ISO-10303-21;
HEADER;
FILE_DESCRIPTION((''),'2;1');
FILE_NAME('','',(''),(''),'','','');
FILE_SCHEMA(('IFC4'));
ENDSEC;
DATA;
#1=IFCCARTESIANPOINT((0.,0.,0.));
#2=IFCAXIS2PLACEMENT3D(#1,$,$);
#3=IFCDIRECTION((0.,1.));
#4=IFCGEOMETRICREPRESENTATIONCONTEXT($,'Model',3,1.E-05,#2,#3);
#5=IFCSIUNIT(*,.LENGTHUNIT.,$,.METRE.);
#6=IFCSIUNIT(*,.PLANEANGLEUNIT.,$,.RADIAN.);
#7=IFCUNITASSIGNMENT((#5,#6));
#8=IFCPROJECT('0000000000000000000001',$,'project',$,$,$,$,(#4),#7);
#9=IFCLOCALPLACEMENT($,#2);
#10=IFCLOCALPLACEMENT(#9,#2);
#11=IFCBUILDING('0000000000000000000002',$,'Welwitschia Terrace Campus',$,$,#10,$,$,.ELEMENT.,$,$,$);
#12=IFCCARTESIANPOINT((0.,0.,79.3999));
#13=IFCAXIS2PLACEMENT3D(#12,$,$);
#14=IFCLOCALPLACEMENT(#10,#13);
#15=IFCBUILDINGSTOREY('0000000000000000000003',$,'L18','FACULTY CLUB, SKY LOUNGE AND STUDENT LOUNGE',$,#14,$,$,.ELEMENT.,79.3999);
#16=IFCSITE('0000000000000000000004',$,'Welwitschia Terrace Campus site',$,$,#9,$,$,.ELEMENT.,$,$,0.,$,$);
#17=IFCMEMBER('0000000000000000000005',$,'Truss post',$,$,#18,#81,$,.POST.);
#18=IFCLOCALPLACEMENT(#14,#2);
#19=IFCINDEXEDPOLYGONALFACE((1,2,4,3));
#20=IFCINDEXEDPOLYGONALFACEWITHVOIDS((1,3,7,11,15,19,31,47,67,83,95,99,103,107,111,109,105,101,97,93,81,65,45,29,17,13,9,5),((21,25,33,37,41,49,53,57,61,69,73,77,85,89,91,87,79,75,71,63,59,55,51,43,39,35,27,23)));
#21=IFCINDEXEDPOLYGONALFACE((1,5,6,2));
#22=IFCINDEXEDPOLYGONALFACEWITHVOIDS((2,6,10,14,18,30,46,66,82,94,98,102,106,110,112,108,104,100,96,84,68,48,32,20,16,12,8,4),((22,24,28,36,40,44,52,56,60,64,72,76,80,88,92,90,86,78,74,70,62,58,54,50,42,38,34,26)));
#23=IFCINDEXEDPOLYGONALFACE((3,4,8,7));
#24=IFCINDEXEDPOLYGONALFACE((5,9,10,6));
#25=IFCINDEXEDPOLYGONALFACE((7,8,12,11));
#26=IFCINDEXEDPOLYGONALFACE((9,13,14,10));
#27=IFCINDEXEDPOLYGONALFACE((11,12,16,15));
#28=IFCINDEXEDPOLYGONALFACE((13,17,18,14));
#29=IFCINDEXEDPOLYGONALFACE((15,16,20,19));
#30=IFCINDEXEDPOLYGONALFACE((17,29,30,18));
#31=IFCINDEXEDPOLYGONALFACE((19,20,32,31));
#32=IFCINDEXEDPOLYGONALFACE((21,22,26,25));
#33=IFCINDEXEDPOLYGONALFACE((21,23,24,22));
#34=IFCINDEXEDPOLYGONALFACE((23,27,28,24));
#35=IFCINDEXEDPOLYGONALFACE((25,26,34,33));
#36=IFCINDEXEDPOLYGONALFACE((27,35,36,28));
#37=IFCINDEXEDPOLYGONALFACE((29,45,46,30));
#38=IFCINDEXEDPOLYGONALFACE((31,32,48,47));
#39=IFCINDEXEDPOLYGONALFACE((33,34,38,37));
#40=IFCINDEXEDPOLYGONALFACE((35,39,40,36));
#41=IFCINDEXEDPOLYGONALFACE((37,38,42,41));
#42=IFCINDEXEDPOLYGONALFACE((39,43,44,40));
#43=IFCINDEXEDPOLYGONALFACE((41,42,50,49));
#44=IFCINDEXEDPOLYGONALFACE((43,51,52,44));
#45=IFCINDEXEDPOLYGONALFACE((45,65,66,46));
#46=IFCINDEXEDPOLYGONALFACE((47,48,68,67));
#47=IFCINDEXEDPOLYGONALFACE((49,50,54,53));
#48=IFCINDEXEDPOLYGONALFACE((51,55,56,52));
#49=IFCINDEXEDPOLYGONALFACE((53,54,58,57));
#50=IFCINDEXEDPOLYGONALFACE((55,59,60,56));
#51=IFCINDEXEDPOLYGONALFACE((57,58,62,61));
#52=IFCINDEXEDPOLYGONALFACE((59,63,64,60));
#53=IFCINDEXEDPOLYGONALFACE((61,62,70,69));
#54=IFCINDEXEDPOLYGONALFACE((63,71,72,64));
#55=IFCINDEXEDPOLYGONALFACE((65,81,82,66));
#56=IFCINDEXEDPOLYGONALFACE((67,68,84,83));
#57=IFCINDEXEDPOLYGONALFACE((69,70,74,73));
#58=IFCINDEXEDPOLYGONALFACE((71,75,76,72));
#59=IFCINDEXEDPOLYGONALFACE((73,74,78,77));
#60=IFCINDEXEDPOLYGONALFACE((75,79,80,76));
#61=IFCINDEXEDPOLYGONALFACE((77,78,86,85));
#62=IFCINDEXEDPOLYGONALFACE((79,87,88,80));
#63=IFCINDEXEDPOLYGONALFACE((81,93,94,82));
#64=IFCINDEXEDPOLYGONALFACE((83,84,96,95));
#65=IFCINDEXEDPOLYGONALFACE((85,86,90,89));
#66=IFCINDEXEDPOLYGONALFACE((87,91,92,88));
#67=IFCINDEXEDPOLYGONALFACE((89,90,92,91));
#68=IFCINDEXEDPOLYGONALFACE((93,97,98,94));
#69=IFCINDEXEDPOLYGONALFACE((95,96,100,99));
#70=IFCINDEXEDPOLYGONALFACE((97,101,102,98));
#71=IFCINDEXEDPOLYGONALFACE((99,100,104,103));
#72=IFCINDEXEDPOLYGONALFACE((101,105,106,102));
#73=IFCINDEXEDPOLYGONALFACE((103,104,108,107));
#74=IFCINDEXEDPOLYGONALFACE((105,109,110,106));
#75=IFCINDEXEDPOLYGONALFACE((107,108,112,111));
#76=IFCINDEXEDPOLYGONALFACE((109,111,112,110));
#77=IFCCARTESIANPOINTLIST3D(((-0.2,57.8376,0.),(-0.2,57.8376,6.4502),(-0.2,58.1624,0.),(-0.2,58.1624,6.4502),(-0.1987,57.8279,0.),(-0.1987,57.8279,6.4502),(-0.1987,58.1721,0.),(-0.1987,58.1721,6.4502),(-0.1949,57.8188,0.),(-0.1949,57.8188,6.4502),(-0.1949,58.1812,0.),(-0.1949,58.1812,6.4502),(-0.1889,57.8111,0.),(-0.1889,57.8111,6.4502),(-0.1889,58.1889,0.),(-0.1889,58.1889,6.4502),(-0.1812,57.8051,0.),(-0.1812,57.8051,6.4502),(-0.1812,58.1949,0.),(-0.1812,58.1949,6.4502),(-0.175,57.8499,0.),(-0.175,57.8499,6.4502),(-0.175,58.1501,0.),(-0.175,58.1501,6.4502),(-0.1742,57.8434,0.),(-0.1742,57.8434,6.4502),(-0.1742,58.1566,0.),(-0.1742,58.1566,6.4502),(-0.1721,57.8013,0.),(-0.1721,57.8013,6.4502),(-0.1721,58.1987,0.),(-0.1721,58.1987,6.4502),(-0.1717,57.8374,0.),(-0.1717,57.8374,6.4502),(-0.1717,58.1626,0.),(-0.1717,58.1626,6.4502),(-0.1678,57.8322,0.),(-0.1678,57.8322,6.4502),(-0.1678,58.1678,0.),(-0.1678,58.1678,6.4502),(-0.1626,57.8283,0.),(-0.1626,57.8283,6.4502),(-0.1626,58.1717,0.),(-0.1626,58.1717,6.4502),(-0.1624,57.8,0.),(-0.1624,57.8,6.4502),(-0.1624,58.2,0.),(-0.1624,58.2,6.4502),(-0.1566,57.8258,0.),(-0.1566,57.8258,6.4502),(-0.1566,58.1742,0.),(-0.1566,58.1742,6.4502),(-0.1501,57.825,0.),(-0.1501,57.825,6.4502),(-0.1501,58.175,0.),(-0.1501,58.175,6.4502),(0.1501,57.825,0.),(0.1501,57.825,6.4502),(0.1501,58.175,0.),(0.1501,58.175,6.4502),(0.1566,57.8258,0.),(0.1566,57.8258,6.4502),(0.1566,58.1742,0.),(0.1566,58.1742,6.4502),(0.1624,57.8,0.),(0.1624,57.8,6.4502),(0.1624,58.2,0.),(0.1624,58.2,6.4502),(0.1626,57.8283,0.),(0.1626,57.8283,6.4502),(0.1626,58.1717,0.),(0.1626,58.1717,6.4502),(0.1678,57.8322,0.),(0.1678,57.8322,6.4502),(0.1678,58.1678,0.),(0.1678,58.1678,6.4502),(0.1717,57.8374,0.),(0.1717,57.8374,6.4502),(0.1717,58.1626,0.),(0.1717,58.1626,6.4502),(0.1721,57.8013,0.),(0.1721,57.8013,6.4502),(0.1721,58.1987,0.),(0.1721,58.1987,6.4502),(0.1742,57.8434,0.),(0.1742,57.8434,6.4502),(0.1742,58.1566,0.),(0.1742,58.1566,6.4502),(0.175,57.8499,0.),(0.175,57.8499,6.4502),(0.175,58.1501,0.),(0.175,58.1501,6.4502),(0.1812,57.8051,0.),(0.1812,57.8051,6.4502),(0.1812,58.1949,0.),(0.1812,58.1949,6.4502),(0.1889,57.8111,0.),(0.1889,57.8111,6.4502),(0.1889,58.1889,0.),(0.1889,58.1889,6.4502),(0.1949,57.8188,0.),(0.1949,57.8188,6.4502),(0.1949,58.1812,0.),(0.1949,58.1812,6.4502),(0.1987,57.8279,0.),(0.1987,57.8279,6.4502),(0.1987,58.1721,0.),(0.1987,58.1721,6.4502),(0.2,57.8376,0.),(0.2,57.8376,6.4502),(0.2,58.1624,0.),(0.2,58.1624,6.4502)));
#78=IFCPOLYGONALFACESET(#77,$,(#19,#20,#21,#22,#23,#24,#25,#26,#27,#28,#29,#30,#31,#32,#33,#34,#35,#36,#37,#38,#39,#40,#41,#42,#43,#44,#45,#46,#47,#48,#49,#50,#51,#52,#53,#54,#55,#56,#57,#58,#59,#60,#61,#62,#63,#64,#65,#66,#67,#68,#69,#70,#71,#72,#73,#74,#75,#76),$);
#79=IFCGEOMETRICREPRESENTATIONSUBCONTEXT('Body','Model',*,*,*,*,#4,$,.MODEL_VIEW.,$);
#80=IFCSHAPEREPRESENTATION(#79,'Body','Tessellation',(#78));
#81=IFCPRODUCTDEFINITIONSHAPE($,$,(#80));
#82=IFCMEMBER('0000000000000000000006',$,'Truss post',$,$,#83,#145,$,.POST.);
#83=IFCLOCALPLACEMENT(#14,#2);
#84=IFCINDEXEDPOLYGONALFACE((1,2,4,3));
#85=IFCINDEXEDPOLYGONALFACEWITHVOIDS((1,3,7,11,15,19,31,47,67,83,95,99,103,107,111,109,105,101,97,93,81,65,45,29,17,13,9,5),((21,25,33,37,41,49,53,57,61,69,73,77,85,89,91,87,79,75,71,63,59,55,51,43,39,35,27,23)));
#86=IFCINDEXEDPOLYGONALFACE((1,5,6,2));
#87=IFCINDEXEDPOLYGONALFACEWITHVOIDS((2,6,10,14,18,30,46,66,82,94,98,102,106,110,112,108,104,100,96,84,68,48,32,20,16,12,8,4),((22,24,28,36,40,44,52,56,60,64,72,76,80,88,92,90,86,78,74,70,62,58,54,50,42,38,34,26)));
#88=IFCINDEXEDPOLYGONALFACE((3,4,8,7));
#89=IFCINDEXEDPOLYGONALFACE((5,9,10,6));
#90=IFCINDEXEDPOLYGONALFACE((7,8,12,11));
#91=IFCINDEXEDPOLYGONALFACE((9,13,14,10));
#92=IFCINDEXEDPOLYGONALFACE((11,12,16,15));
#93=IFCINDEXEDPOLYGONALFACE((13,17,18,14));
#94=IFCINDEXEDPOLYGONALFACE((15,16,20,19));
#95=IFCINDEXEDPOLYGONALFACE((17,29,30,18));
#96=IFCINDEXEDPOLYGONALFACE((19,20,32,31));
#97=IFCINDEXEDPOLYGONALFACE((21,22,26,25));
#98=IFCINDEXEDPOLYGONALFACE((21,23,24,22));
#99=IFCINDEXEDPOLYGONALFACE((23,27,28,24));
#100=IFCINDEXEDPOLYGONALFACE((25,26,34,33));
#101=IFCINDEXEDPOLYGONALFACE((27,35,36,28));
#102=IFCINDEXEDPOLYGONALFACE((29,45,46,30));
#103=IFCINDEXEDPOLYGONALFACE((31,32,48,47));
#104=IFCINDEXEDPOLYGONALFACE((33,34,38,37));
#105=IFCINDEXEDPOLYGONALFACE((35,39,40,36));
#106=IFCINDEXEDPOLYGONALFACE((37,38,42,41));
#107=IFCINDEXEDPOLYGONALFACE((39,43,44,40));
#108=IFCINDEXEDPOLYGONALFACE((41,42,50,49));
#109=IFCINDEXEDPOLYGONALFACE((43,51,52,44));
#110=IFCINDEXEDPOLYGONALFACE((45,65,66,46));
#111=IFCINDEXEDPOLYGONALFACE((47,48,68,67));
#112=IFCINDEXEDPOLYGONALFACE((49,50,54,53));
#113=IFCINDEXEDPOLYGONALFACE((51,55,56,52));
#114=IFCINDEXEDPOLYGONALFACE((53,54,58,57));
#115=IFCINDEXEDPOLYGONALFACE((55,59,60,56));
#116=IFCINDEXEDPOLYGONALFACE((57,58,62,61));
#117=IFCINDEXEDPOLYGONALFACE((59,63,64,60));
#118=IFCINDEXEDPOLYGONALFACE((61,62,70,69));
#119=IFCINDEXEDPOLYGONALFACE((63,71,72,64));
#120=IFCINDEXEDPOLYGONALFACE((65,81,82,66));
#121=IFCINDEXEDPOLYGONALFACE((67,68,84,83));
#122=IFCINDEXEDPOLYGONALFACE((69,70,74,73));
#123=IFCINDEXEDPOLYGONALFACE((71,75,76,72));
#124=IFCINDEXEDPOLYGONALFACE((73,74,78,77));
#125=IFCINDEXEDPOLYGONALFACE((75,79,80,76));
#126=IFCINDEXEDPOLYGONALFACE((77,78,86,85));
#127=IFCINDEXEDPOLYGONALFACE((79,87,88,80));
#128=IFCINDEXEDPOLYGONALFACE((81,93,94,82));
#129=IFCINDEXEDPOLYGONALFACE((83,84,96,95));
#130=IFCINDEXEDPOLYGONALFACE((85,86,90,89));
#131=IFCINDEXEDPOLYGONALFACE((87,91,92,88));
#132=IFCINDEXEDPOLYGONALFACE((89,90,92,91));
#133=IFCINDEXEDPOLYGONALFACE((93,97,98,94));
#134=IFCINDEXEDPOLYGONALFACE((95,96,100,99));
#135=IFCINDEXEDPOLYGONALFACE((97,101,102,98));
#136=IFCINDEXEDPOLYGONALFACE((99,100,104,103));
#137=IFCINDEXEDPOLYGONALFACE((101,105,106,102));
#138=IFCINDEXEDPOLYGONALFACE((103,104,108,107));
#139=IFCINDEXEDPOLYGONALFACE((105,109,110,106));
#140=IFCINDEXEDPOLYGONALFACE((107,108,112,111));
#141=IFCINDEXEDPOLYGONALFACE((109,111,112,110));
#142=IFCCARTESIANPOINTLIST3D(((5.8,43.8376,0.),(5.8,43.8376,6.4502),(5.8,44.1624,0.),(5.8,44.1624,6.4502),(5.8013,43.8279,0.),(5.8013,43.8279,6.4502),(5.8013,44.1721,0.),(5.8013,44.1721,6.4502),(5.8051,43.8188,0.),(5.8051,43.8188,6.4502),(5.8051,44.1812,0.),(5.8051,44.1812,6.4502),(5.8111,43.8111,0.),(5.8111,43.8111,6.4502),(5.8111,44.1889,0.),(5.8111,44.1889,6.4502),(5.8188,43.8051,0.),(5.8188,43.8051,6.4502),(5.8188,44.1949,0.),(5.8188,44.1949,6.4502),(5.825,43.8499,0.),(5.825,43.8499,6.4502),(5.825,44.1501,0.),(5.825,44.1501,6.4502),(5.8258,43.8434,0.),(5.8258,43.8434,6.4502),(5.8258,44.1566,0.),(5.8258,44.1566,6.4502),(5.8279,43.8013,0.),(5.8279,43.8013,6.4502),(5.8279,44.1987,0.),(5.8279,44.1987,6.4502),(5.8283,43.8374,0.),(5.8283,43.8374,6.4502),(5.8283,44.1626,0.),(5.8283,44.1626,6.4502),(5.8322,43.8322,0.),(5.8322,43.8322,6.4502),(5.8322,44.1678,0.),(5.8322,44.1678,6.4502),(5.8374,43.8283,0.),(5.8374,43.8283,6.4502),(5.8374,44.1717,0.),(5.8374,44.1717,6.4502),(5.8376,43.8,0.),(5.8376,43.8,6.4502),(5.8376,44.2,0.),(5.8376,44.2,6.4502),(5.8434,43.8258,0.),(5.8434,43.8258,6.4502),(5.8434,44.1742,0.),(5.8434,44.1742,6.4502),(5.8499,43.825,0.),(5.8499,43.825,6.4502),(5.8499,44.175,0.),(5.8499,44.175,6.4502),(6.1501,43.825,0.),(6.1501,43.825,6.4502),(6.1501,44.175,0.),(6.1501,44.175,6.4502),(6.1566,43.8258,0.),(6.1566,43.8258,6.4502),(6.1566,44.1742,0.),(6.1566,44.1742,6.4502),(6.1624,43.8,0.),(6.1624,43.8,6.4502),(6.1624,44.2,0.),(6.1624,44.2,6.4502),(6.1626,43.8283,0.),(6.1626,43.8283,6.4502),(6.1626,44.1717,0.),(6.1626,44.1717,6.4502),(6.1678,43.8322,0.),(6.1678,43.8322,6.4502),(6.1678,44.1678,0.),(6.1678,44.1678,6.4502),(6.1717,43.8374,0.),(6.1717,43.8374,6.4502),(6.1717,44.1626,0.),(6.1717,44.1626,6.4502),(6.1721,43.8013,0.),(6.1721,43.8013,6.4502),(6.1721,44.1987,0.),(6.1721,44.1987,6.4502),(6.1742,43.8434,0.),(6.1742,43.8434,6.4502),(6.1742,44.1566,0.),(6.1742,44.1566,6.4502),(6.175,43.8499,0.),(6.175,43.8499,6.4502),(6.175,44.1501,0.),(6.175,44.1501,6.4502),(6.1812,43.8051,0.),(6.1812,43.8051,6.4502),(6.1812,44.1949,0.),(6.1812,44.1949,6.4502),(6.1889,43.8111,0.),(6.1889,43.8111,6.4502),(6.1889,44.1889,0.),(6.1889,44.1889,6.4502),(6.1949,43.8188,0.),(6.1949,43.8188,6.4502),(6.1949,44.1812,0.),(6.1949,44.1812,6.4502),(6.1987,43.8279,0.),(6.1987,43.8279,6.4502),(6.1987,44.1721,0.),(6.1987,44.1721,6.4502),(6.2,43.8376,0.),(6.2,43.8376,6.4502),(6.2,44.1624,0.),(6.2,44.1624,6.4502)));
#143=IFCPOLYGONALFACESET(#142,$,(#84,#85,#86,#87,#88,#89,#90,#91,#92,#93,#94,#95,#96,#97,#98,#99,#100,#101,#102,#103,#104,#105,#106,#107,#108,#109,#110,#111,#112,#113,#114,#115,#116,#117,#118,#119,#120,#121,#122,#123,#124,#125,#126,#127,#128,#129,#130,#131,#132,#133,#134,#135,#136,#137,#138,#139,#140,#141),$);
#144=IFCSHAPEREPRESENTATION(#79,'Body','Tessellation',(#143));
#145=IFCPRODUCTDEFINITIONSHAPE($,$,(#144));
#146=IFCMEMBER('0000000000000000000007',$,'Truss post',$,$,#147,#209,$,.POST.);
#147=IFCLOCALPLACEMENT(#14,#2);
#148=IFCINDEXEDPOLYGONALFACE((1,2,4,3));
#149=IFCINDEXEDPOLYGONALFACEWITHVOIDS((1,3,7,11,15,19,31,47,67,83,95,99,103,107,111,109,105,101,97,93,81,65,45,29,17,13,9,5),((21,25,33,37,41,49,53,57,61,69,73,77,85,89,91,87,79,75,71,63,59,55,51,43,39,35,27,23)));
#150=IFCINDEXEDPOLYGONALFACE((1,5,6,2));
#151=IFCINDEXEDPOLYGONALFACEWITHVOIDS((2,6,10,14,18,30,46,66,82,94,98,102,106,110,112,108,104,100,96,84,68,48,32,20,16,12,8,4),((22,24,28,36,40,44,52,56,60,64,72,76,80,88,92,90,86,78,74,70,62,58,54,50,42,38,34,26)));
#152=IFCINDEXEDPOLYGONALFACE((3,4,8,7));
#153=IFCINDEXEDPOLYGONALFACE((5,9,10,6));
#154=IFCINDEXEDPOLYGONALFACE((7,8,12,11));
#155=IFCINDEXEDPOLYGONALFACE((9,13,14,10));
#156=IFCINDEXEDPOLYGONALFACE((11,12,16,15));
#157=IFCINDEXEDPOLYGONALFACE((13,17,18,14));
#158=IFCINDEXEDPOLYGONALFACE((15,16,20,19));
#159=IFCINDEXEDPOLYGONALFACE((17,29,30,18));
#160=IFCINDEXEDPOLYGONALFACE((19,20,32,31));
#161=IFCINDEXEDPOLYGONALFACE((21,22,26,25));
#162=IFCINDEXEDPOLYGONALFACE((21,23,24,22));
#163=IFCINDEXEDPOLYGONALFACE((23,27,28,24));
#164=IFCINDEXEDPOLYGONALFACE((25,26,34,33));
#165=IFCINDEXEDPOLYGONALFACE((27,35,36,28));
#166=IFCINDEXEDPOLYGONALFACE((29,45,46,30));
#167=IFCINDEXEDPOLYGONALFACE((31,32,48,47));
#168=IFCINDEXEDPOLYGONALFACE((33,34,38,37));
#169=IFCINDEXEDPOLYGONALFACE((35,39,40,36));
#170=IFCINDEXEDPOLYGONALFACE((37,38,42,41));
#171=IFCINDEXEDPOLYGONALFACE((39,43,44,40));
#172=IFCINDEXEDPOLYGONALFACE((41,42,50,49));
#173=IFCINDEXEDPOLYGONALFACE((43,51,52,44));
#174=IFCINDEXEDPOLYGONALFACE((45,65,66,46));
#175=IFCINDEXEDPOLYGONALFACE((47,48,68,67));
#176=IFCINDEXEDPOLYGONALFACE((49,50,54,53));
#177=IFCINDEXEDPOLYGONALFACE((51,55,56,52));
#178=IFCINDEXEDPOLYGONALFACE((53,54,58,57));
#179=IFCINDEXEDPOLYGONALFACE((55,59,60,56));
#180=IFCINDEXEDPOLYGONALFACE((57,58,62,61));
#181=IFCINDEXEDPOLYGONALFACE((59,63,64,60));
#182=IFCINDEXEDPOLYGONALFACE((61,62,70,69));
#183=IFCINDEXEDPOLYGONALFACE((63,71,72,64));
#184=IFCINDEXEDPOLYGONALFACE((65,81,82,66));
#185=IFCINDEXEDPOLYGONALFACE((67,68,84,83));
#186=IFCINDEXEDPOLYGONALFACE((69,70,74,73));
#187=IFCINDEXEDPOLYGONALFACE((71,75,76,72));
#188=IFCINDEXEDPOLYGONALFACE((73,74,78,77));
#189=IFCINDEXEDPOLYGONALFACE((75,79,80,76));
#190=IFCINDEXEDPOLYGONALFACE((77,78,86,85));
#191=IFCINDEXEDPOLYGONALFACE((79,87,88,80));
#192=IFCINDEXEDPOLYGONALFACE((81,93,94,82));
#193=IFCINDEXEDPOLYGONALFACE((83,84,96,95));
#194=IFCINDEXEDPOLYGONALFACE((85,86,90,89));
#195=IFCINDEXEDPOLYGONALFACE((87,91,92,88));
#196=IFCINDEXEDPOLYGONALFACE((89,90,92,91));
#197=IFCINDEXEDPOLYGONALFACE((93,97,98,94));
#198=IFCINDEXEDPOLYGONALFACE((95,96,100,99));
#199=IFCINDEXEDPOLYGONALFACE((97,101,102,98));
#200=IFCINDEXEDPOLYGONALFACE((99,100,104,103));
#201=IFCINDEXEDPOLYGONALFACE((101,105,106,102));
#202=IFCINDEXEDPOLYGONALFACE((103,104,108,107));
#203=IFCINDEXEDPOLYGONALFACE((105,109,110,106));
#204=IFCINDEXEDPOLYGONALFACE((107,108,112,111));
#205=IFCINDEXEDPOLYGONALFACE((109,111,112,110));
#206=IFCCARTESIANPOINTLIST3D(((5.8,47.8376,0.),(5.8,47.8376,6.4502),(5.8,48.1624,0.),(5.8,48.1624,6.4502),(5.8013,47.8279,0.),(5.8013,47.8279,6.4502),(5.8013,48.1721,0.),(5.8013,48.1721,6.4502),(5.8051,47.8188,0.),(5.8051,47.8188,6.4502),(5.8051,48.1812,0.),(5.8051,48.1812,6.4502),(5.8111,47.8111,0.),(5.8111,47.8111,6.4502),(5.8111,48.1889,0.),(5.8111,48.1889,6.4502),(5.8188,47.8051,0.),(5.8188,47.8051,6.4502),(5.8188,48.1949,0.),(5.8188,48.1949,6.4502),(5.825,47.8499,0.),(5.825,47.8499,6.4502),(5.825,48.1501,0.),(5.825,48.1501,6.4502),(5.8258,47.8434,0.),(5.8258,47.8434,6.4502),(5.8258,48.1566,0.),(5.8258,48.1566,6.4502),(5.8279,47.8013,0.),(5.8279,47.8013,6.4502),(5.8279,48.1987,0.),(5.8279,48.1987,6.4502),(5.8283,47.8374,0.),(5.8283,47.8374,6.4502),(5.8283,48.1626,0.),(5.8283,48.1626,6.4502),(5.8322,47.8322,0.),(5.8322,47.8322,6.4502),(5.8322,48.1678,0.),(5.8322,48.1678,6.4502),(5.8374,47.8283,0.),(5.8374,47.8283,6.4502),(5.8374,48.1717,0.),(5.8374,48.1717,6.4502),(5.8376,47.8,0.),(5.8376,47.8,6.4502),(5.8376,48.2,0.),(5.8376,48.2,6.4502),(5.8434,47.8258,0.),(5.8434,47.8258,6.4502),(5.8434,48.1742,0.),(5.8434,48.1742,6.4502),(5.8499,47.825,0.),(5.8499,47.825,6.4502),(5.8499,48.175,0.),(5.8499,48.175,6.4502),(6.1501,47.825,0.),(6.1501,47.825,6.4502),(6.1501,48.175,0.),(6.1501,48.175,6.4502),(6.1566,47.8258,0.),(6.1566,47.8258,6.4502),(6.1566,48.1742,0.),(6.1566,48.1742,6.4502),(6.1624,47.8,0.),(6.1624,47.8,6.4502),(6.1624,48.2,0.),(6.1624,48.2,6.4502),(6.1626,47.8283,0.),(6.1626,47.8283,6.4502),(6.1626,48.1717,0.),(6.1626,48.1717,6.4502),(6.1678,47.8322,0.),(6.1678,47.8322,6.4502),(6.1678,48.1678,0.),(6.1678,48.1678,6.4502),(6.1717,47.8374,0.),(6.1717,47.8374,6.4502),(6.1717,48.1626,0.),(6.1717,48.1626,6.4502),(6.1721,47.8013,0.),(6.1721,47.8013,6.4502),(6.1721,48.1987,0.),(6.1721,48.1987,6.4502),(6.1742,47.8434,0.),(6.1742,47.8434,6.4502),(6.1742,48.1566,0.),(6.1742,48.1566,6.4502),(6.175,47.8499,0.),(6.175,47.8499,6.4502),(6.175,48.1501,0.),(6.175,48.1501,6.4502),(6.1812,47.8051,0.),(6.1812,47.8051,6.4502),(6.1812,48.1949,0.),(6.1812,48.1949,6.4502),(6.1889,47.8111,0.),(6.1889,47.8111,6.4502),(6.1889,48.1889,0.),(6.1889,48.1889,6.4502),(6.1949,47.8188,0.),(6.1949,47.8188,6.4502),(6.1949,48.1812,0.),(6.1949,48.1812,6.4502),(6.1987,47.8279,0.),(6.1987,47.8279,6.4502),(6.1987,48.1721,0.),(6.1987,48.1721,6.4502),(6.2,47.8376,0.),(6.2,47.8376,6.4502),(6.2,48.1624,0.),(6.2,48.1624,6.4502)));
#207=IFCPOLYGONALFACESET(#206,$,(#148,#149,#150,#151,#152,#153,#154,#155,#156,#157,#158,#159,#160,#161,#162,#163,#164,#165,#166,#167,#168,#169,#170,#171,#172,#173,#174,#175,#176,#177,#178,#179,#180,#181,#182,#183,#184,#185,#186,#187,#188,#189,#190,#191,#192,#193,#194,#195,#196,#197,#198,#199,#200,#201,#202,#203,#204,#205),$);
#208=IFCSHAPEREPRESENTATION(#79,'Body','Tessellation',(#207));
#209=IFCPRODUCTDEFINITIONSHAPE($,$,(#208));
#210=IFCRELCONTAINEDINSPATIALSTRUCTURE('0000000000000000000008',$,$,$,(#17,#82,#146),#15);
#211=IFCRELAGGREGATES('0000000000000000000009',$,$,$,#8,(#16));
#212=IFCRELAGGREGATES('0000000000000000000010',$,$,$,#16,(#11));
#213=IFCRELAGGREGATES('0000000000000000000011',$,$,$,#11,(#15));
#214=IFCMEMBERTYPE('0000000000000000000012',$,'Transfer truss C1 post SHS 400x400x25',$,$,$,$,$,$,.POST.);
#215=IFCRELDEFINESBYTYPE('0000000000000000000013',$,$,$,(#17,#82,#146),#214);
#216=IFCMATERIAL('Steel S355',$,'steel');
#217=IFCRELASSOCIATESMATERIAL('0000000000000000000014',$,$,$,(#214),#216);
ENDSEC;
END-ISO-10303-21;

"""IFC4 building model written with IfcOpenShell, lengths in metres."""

from ifc_helpers import new_model, si_unit, direction, frame, origin, origin_2d, place, context, subcontext, project, spatial, hollow_rectangle, extrude, material, material_profile, profile_set, type_object, element, save


model = new_model("IFC4")

# Units and contexts
model_context = context("Model", 3, precision=1e-05, world=origin(), true_north=direction((0.0, 1.0)))
body_context = subcontext(model_context, "Body", "Model", "MODEL_VIEW")
ifc_project = project(units=[si_unit("LENGTHUNIT", "METRE"), si_unit("PLANEANGLEUNIT", "RADIAN")], contexts=[model_context])

# Site, building, storey
site_placement = place(None, origin())
site = spatial("IfcSite", under=ifc_project, at=site_placement, Name="Welwitschia Terrace Campus site", CompositionType="ELEMENT", RefElevation=0.0)
building_placement = place(site_placement, origin())
building = spatial("IfcBuilding", under=site, at=building_placement, Name="Welwitschia Terrace Campus", CompositionType="ELEMENT")
storey_placement = place(building_placement, frame((0.0, 0.0, 79.3999)))
storey = spatial("IfcBuildingStorey", under=building, at=storey_placement, Name="L18", Description="FACULTY CLUB, SKY LOUNGE AND STUDENT LOUNGE", CompositionType="ELEMENT", Elevation=79.3999)

# Members
ifc_material_1 = material(Name="Steel S355", Category="steel")
ifc_material_profile_1 = material_profile(ifc_material_1, hollow_rectangle(XDim=0.3999, YDim=0.3999, WallThickness=0.0249, InnerFilletRadius=0.0249, OuterFilletRadius=0.0376, at=origin_2d()))
ifc_profile_set_1 = profile_set([ifc_material_profile_1], Name="Steel S355")
member_type_1 = type_object("IfcMemberType", Name="Transfer truss C1 post SHS 400x400x25", PredefinedType="POST", material=ifc_profile_set_1)
for number, where, z_axis, x_axis, name in (
    (1, (0.0, 58.0, 0.0), (0.0, 0.0, 1.0), (1.0, 0.0, 0.0), "Truss post"),
    (2, (6.0, 44.0, 0.0), (0.0, 0.0, 1.0), (1.0, 0.0, 0.0), "Truss post"),
    (3, (6.0, 48.0, 0.0), (0.0, 0.0, 1.0), (1.0, 0.0, 0.0), "Truss post"),
):
    element("IfcMember", number, at=place(storey_placement, frame(where, z_axis=z_axis, x_axis=x_axis)), inside=storey, type_object=member_type_1, Name=name, PredefinedType="POST", context=body_context, shape_type="SweptSolid", body=[
        extrude(hollow_rectangle(XDim=0.3999, YDim=0.3999, WallThickness=0.0249, InnerFilletRadius=0.0249, OuterFilletRadius=0.0376, at=origin_2d()), origin(), (0.0, 0.0, 1.0), 6.4502),
    ])

save(model, "model.ifc")
